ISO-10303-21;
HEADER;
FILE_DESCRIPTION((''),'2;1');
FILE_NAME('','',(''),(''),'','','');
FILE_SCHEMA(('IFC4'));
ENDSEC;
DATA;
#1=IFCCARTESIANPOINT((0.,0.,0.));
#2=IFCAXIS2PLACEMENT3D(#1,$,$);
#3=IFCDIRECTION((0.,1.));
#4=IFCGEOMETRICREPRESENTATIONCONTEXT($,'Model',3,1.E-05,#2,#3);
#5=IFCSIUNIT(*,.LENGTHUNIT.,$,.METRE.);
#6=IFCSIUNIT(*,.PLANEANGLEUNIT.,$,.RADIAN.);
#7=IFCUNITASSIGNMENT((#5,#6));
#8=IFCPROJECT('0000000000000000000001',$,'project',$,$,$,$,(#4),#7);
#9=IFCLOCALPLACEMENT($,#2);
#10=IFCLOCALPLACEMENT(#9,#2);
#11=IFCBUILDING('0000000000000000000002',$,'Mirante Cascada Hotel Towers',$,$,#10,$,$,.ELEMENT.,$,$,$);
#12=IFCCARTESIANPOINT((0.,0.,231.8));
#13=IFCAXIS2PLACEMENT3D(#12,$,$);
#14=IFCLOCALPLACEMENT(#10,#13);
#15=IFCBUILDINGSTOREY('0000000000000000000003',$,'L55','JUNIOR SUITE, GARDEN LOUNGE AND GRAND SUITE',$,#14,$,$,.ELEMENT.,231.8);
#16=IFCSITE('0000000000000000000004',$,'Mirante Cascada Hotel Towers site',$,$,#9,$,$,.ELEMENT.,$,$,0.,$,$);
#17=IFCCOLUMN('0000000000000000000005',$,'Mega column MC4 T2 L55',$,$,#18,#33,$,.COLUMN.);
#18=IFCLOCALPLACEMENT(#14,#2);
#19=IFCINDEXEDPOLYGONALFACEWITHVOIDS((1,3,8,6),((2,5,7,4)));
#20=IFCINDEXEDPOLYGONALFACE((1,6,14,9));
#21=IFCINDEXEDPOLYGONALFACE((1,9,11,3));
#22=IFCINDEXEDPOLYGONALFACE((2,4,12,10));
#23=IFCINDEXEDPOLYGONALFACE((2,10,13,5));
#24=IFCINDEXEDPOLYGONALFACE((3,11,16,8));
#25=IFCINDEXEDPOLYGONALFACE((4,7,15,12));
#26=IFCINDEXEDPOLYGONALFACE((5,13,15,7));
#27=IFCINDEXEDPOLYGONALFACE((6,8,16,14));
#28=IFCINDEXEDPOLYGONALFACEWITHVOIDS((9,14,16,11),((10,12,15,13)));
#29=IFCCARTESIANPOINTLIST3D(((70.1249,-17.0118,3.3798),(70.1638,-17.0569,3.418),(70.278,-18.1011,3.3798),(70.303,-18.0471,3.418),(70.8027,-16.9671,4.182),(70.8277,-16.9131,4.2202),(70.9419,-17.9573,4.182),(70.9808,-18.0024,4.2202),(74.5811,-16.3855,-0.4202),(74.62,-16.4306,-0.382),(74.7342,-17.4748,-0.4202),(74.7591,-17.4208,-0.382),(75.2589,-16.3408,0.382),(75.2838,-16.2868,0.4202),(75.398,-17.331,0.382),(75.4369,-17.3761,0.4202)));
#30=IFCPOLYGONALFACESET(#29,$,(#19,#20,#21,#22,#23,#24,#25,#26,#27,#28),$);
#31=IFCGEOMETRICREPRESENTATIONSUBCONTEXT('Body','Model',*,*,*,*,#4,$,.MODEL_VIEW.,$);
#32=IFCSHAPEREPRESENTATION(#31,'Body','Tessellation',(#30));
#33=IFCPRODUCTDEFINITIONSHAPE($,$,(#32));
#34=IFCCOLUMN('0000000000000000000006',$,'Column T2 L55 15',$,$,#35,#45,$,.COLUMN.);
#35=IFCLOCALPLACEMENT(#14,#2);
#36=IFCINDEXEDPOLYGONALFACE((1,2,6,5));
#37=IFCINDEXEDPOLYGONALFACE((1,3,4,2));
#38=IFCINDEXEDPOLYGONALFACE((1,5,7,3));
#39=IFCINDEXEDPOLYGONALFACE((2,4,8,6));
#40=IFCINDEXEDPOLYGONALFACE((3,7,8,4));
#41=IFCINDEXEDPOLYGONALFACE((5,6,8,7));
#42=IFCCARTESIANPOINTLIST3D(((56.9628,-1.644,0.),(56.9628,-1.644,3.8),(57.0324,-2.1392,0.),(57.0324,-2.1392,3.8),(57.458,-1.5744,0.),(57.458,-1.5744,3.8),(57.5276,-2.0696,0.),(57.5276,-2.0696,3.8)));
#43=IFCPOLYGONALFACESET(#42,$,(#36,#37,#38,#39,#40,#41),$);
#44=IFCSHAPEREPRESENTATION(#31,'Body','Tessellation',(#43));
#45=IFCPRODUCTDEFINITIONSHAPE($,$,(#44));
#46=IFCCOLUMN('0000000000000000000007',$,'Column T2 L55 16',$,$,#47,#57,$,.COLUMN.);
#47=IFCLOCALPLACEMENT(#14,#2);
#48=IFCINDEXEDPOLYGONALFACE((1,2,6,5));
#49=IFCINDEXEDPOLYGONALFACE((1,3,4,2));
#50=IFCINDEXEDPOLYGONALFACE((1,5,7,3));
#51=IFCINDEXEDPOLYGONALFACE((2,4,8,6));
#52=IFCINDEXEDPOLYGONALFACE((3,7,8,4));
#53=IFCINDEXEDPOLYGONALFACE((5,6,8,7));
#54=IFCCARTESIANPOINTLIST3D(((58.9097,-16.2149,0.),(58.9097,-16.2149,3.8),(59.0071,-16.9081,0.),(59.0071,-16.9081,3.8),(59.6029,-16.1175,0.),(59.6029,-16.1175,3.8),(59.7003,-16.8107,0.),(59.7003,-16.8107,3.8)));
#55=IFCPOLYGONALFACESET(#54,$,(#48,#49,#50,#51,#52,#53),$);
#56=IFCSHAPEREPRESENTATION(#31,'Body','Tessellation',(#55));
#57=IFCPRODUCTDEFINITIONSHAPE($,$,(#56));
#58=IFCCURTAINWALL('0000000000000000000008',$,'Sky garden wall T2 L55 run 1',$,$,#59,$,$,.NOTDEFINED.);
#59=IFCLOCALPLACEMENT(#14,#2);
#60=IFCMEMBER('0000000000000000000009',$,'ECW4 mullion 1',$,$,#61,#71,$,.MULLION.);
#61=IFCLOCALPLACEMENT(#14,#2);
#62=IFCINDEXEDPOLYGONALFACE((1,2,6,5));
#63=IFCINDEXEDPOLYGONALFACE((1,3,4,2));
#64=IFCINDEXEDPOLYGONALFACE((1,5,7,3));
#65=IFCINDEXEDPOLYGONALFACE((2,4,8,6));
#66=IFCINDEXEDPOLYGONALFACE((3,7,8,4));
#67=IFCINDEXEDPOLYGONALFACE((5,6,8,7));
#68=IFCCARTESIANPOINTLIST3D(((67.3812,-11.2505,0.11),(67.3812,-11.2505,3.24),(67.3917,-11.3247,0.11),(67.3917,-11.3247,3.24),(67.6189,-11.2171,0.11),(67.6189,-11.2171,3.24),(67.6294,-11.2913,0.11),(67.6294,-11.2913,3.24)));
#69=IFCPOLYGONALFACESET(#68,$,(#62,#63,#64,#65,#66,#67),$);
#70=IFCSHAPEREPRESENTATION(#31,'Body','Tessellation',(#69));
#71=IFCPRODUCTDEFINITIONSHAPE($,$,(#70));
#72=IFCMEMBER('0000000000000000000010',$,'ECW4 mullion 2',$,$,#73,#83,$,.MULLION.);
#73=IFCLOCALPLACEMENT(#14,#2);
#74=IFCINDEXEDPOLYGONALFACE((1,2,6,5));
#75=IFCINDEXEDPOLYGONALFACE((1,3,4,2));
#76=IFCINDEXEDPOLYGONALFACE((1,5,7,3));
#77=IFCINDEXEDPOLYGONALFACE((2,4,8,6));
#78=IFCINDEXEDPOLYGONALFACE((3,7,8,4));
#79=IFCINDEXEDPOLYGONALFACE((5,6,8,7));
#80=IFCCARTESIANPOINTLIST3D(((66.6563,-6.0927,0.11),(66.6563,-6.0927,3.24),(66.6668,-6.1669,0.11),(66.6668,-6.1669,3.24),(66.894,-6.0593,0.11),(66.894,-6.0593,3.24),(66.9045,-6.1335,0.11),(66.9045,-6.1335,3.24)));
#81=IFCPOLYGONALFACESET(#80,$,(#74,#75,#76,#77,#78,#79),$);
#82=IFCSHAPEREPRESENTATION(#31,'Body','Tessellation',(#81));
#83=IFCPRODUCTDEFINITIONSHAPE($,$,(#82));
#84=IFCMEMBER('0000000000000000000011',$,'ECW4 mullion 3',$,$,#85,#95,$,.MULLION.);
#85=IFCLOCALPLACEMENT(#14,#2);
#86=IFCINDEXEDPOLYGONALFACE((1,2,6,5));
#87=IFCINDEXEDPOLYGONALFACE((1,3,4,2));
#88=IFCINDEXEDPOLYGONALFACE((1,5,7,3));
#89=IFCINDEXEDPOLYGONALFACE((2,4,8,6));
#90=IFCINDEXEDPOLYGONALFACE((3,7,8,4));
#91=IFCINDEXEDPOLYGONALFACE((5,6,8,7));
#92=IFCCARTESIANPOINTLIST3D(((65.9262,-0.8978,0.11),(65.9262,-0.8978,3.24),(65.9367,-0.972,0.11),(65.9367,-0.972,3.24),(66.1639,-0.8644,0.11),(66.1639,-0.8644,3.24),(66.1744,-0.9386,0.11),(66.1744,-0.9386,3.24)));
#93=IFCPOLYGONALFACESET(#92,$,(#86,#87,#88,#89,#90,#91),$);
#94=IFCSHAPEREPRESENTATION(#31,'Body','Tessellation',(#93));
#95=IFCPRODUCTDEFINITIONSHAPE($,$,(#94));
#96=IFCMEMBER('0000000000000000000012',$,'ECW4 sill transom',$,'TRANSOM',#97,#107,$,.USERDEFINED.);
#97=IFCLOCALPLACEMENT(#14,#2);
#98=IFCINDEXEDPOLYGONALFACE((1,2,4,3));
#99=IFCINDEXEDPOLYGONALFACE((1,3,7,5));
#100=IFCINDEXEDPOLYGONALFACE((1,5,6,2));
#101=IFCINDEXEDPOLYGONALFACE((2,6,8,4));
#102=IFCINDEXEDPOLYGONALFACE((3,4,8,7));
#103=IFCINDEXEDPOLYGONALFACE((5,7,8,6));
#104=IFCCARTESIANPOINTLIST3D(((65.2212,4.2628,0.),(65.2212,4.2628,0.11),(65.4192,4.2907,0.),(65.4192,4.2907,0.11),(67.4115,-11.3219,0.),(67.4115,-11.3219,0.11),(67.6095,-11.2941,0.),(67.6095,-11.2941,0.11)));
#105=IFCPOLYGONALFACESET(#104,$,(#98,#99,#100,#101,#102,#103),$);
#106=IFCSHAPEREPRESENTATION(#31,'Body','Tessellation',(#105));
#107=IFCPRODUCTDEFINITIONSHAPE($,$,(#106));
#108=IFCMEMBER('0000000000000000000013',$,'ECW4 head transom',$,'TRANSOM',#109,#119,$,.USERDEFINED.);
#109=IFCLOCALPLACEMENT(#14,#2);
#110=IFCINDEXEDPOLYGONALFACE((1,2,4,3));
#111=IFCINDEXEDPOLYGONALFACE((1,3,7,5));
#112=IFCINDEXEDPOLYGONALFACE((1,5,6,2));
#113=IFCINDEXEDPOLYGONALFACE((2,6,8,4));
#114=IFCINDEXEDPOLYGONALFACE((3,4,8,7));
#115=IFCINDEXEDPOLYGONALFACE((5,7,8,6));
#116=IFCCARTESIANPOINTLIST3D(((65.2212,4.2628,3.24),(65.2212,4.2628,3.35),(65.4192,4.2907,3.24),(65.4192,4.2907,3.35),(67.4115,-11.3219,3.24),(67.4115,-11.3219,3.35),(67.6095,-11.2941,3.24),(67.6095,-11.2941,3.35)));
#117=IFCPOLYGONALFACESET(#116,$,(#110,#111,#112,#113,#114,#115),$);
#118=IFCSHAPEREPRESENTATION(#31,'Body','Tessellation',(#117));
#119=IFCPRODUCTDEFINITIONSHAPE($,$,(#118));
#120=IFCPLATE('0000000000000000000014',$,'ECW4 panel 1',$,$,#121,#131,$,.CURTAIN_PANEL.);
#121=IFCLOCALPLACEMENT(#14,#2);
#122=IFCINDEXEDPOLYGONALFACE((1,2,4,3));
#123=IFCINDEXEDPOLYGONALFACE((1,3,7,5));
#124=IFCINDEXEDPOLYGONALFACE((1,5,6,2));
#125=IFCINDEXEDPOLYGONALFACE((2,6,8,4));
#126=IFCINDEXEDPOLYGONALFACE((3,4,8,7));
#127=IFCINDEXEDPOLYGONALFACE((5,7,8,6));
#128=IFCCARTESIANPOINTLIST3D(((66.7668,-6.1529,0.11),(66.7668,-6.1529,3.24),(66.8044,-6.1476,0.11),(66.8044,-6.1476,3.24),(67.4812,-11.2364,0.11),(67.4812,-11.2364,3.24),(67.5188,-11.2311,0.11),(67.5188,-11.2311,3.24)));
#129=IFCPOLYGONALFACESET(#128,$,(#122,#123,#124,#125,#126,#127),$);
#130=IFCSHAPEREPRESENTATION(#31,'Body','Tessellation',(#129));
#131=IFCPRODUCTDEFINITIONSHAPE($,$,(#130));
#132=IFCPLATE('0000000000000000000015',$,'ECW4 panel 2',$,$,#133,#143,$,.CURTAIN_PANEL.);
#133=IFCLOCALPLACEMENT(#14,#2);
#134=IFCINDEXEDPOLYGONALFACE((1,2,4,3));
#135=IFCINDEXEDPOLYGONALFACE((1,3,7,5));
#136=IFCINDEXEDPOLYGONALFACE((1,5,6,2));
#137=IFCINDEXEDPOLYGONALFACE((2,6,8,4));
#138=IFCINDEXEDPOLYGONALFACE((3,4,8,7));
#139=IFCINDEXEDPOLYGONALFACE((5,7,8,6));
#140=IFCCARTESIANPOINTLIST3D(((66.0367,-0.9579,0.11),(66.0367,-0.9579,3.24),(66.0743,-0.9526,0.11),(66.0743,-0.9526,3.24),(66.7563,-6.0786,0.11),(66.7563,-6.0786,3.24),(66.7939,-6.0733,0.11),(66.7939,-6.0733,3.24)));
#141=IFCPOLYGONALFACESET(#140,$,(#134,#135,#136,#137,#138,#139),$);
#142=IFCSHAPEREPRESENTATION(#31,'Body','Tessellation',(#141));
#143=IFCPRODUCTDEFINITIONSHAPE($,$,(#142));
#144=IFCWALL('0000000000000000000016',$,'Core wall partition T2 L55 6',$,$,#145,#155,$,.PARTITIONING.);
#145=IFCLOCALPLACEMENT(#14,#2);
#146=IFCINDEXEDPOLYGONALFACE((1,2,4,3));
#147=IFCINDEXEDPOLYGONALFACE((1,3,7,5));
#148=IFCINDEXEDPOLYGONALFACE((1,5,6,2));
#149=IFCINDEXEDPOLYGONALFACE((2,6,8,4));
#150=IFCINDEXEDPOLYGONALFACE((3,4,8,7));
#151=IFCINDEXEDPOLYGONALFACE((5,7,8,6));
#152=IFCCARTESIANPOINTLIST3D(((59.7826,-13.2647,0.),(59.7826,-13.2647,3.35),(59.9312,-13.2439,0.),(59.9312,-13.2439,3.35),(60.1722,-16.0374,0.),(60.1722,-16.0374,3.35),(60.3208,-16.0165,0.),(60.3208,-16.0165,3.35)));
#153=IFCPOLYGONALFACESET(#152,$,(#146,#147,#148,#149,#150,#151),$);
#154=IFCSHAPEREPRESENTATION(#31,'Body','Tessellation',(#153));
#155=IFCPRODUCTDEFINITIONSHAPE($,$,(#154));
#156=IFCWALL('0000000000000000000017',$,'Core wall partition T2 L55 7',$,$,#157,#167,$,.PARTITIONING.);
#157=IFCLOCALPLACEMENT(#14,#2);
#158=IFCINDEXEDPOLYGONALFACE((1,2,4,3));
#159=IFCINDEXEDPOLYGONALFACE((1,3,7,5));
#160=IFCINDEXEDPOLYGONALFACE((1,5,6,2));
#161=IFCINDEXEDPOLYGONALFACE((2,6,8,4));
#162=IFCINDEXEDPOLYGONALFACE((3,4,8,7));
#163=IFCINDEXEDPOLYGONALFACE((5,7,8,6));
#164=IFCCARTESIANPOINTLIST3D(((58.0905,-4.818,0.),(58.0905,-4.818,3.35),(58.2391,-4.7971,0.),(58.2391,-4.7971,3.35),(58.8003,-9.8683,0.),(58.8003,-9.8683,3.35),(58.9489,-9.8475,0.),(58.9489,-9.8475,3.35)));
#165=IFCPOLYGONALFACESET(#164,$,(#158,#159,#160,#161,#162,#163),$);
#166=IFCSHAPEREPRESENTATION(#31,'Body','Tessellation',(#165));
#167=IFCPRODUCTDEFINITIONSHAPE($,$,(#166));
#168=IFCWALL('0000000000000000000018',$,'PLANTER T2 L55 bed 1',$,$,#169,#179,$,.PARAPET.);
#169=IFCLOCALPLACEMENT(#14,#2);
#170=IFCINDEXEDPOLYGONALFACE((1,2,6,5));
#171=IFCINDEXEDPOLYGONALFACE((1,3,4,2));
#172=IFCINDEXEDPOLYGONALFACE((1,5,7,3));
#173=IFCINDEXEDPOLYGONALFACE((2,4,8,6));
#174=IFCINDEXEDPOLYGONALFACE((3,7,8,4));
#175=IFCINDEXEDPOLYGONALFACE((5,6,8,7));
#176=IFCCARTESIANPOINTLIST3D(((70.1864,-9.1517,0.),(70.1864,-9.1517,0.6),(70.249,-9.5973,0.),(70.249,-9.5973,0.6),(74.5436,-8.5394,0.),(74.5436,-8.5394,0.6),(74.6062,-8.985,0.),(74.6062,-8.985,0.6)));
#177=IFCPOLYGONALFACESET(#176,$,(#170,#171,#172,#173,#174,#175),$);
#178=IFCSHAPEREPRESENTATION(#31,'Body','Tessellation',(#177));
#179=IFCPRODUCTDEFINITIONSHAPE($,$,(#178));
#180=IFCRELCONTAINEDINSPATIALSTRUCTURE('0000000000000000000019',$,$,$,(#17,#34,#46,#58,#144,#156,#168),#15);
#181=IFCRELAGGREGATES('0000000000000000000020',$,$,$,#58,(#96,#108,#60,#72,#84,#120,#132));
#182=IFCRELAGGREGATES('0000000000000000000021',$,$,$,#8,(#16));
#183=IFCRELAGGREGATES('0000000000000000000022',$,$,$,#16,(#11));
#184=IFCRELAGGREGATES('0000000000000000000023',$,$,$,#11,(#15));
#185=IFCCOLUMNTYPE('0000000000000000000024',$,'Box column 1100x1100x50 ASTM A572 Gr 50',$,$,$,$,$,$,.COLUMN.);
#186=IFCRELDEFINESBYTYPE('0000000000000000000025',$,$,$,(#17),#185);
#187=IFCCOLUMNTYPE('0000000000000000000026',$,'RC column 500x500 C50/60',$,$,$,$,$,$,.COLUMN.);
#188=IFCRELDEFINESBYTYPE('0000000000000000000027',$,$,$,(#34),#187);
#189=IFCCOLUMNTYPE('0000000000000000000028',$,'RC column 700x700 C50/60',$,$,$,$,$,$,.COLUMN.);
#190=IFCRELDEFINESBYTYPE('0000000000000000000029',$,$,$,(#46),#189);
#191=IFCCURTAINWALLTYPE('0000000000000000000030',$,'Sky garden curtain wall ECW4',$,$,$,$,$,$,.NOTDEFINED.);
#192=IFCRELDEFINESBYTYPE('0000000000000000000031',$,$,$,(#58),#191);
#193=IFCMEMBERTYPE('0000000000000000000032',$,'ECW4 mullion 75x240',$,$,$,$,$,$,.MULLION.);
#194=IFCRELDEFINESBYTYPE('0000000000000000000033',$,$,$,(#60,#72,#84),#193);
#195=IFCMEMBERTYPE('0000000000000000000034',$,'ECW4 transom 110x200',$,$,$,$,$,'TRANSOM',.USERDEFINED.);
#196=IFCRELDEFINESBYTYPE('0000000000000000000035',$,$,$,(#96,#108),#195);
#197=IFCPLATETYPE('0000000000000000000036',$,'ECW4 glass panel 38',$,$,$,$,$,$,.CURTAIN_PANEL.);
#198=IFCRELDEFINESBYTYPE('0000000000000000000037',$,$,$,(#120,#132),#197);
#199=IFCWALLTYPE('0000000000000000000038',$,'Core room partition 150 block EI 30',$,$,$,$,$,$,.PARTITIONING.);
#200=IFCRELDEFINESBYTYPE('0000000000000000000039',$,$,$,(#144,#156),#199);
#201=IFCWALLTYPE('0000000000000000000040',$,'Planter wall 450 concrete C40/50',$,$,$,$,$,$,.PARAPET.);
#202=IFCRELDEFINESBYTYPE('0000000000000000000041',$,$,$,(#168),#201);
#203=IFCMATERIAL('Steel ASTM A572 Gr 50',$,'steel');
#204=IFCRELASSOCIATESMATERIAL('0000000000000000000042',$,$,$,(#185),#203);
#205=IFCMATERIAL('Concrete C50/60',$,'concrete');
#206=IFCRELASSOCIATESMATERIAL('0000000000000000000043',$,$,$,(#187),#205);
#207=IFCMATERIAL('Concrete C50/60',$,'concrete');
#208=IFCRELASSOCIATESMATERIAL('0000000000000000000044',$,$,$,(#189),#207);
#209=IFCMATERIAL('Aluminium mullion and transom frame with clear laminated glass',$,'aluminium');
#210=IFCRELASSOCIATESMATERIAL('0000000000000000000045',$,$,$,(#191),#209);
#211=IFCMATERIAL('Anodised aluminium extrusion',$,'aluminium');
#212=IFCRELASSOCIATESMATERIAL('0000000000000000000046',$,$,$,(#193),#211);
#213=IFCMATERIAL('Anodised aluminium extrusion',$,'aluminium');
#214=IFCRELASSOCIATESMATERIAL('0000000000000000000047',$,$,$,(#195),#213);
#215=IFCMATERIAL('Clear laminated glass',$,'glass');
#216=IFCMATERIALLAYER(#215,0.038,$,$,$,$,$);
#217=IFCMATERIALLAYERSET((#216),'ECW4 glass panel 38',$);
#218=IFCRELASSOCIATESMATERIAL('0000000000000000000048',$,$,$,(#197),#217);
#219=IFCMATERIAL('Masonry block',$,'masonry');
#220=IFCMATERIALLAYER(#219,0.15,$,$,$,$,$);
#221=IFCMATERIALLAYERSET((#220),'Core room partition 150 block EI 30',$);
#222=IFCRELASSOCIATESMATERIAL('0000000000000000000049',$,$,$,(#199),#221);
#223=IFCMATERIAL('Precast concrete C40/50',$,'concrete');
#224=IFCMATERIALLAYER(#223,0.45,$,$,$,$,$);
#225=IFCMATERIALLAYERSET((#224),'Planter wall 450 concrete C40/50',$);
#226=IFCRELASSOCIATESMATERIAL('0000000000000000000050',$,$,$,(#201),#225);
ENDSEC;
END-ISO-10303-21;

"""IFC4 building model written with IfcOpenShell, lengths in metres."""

from ifc_helpers import new_model, si_unit, direction, frame, frame_2d, origin, origin_2d, place, context, subcontext, project, spatial, rectangle, hollow_rectangle, extrude, material, layer, layer_set, material_profile, profile_set, type_object, element, aggregate, save


model = new_model("IFC4")

# Units and contexts
model_context = context("Model", 3, precision=1e-05, world=origin(), true_north=direction((0.0, 1.0)))
body_context = subcontext(model_context, "Body", "Model", "MODEL_VIEW")
ifc_project = project(units=[si_unit("LENGTHUNIT", "METRE"), si_unit("PLANEANGLEUNIT", "RADIAN")], contexts=[model_context])

# Site, building, storey
site_placement = place(None, origin())
site = spatial("IfcSite", under=ifc_project, at=site_placement, Name="Mirante Cascada Hotel Towers site", CompositionType="ELEMENT", RefElevation=0.0)
building_placement = place(site_placement, origin())
building = spatial("IfcBuilding", under=site, at=building_placement, Name="Mirante Cascada Hotel Towers", CompositionType="ELEMENT")
storey_placement = place(building_placement, frame((0.0, 0.0, 231.8)))
storey = spatial("IfcBuildingStorey", under=building, at=storey_placement, Name="L55", Description="JUNIOR SUITE, GARDEN LOUNGE AND GRAND SUITE", CompositionType="ELEMENT", Elevation=231.8)

# Columns
ifc_material_1 = material(Name="Steel ASTM A572 Gr 50", Category="steel")
ifc_material_profile_1 = material_profile(ifc_material_1, hollow_rectangle(XDim=1.1, YDim=1.1, WallThickness=0.05, at=origin_2d()), Name="Box column 1100x1100x50 ASTM A572 Gr 50")
ifc_profile_set_1 = profile_set([ifc_material_profile_1], Name="Steel ASTM A572 Gr 50")
column_type_1 = type_object("IfcColumnType", Name="Box column 1100x1100x50 ASTM A572 Gr 50", PredefinedType="COLUMN", material=ifc_profile_set_1)
column_1_placement = place(storey_placement, frame((75.009, -16.8808, 0.0), z_axis=(-0.756594, -0.106336, 0.645181), x_axis=(0.139178, -0.990267, 0.0)))
element("IfcColumn", 1, at=column_1_placement, inside=storey, type_object=column_type_1, Name="Mega column MC4 T2 L55", PredefinedType="COLUMN", context=body_context, shape_type="SweptSolid", body=[
    extrude(hollow_rectangle(XDim=1.1, YDim=1.1, WallThickness=0.05, at=origin_2d()), origin(), (0.0, 0.0, 1.0), 5.8898),
])
ifc_material_2 = material(Name="Concrete C50/60", Category="concrete")
ifc_material_profile_2 = material_profile(ifc_material_2, rectangle(XDim=0.5, YDim=0.5, at=origin_2d()), Name="RC column 500x500 C50/60")
ifc_profile_set_2 = profile_set([ifc_material_profile_2], Name="Concrete C50/60")
column_type_2 = type_object("IfcColumnType", Name="RC column 500x500 C50/60", PredefinedType="COLUMN", material=ifc_profile_set_2)
column_2_placement = place(storey_placement, frame((57.2452, -1.8568, 0.0), z_axis=(0.0, 0.0, 1.0), x_axis=(0.990268, 0.139173, 0.0)))
element("IfcColumn", 2, at=column_2_placement, inside=storey, type_object=column_type_2, Name="Column T2 L55 15", PredefinedType="COLUMN", context=body_context, shape_type="SweptSolid", body=[
    extrude(rectangle(XDim=0.5, YDim=0.5, at=origin_2d()), origin(), (0.0, 0.0, 1.0), 3.8),
])
ifc_material_3 = material(Name="Concrete C50/60", Category="concrete")
ifc_material_profile_3 = material_profile(ifc_material_3, rectangle(XDim=0.7, YDim=0.7, at=origin_2d()), Name="RC column 700x700 C50/60")
ifc_profile_set_3 = profile_set([ifc_material_profile_3], Name="Concrete C50/60")
column_type_3 = type_object("IfcColumnType", Name="RC column 700x700 C50/60", PredefinedType="COLUMN", material=ifc_profile_set_3)
column_3_placement = place(storey_placement, frame((59.305, -16.5128, 0.0), z_axis=(0.0, 0.0, 1.0), x_axis=(0.990268, 0.139173, 0.0)))
element("IfcColumn", 3, at=column_3_placement, inside=storey, type_object=column_type_3, Name="Column T2 L55 16", PredefinedType="COLUMN", context=body_context, shape_type="SweptSolid", body=[
    extrude(rectangle(XDim=0.7, YDim=0.7, at=origin_2d()), origin(), (0.0, 0.0, 1.0), 3.8),
])

# Curtain wall, members, plates
ifc_material_4 = material(Name="Aluminium mullion and transom frame with clear laminated glass", Category="aluminium")
curtain_wall_type = type_object("IfcCurtainWallType", Name="Sky garden curtain wall ECW4", PredefinedType="NOTDEFINED", material=ifc_material_4)
curtain_wall_placement = place(storey_placement, origin())
curtain_wall = element("IfcCurtainWall", 4, at=curtain_wall_placement, inside=storey, type_object=curtain_wall_type, Name="Sky garden wall T2 L55 run 1", PredefinedType="NOTDEFINED")
ifc_material_5 = material(Name="Anodised aluminium extrusion", Category="aluminium")
ifc_material_profile_4 = material_profile(ifc_material_5, rectangle(XDim=0.24, YDim=0.075, at=origin_2d()), Name="ECW4 MULLION 75x240")
ifc_profile_set_4 = profile_set([ifc_material_profile_4], Name="Anodised aluminium extrusion")
member_type_1 = type_object("IfcMemberType", Name="ECW4 mullion 75x240", PredefinedType="MULLION", material=ifc_profile_set_4)
member_1_placement = place(storey_placement, frame((67.5053, -11.2709, 0.11), z_axis=(0.0, 0.0, 1.0), x_axis=(-0.990268, -0.139173, 0.0)))
member_1 = element("IfcMember", 5, at=member_1_placement, type_object=member_type_1, Name="ECW4 mullion 1", PredefinedType="MULLION", context=body_context, shape_type="SweptSolid", body=[
    extrude(rectangle(XDim=0.24, YDim=0.075, at=origin_2d()), origin(), (0.0, 0.0, 1.0), 3.13),
])
member_2_placement = place(storey_placement, frame((66.7804, -6.1131, 0.11), z_axis=(0.0, 0.0, 1.0), x_axis=(-0.990268, -0.139173, 0.0)))
member_2 = element("IfcMember", 6, at=member_2_placement, type_object=member_type_1, Name="ECW4 mullion 2", PredefinedType="MULLION", context=body_context, shape_type="SweptSolid", body=[
    extrude(rectangle(XDim=0.24, YDim=0.075, at=origin_2d()), origin(), (0.0, 0.0, 1.0), 3.13),
])
member_3_placement = place(storey_placement, frame((66.0503, -0.9182, 0.11), z_axis=(0.0, 0.0, 1.0), x_axis=(-0.990268, -0.139173, 0.0)))
member_3 = element("IfcMember", 7, at=member_3_placement, type_object=member_type_1, Name="ECW4 mullion 3", PredefinedType="MULLION", context=body_context, shape_type="SweptSolid", body=[
    extrude(rectangle(XDim=0.24, YDim=0.075, at=origin_2d()), origin(), (0.0, 0.0, 1.0), 3.13),
])
ifc_material_6 = material(Name="Anodised aluminium extrusion", Category="aluminium")
ifc_material_profile_5 = material_profile(ifc_material_6, rectangle(XDim=0.2, YDim=0.11, at=origin_2d()), Name="ECW4 TRANSOM 110x200")
ifc_profile_set_5 = profile_set([ifc_material_profile_5], Name="Anodised aluminium extrusion")
member_type_2 = type_object("IfcMemberType", Name="ECW4 transom 110x200", ElementType="TRANSOM", PredefinedType="USERDEFINED", material=ifc_profile_set_5)
member_4_placement = place(storey_placement, frame((67.5105, -11.308, 0.055), z_axis=(-0.139174, 0.990268, 0.0), x_axis=(-0.990268, -0.139174, 0.0)))
member_4 = element("IfcMember", 8, at=member_4_placement, type_object=member_type_2, Name="ECW4 sill transom", ObjectType="TRANSOM", PredefinedType="USERDEFINED", context=body_context, shape_type="SweptSolid", body=[
    extrude(rectangle(XDim=0.2, YDim=0.11, at=origin_2d()), origin(), (0.0, 0.0, 1.0), 15.7379),
])
member_5_placement = place(storey_placement, frame((67.5105, -11.308, 3.295), z_axis=(-0.139174, 0.990268, 0.0), x_axis=(-0.990268, -0.139174, 0.0)))
member_5 = element("IfcMember", 9, at=member_5_placement, type_object=member_type_2, Name="ECW4 head transom", ObjectType="TRANSOM", PredefinedType="USERDEFINED", context=body_context, shape_type="SweptSolid", body=[
    extrude(rectangle(XDim=0.2, YDim=0.11, at=origin_2d()), origin(), (0.0, 0.0, 1.0), 15.7379),
])
ifc_material_7 = material(Name="Clear laminated glass", Category="glass")
ifc_layer_1 = layer(ifc_material_7, 0.038)
ifc_layer_set_1 = layer_set([ifc_layer_1], Name="ECW4 glass panel 38")
plate_type = type_object("IfcPlateType", Name="ECW4 glass panel 38", PredefinedType="CURTAIN_PANEL", material=ifc_layer_set_1)
plate_1_placement = place(storey_placement, frame((67.1428, -8.692, 0.11), z_axis=(0.0, 0.0, 1.0), x_axis=(-0.139173, 0.990268, 0.0)))
plate_1 = element("IfcPlate", 10, at=plate_1_placement, type_object=plate_type, Name="ECW4 panel 1", PredefinedType="CURTAIN_PANEL", context=body_context, shape_type="SweptSolid", body=[
    extrude(rectangle(XDim=5.1335, YDim=0.038, at=origin_2d()), origin(), (0.0, 0.0, 1.0), 3.13),
])
plate_2_placement = place(storey_placement, frame((66.4153, -3.5156, 0.11), z_axis=(0.0, 0.0, 1.0), x_axis=(-0.139173, 0.990268, 0.0)))
plate_2 = element("IfcPlate", 11, at=plate_2_placement, type_object=plate_type, Name="ECW4 panel 2", PredefinedType="CURTAIN_PANEL", context=body_context, shape_type="SweptSolid", body=[
    extrude(rectangle(XDim=5.171, YDim=0.038, at=origin_2d()), origin(), (0.0, 0.0, 1.0), 3.13),
])
aggregate(curtain_wall, [member_4, member_5, member_1, member_2, member_3, plate_1, plate_2])

# Walls
ifc_material_8 = material(Name="Masonry block", Category="masonry")
ifc_layer_2 = layer(ifc_material_8, 0.15)
ifc_layer_set_2 = layer_set([ifc_layer_2], Name="Core room partition 150 block EI 30")
wall_type_1 = type_object("IfcWallType", Name="Core room partition 150 block EI 30", PredefinedType="PARTITIONING", material=ifc_layer_set_2)
wall_1_placement = place(storey_placement, frame((60.2465, -16.027, 0.0), z_axis=(0.0, 0.0, 1.0), x_axis=(-0.139146, 0.990272, 0.0)))
element("IfcWall", 12, at=wall_1_placement, inside=storey, type_object=wall_type_1, Name="Core wall partition T2 L55 6", PredefinedType="PARTITIONING", context=body_context, shape_type="SweptSolid", body=[
    extrude(rectangle(XDim=2.7999, YDim=0.15, at=frame_2d((1.4, 0.0))), origin(), (0.0, 0.0, 1.0), 3.35),
])
wall_2_placement = place(storey_placement, frame((58.8746, -9.8579, 0.0), z_axis=(0.0, 0.0, 1.0), x_axis=(-0.139176, 0.990268, 0.0)))
element("IfcWall", 13, at=wall_2_placement, inside=storey, type_object=wall_type_1, Name="Core wall partition T2 L55 7", PredefinedType="PARTITIONING", context=body_context, shape_type="SweptSolid", body=[
    extrude(rectangle(XDim=5.1, YDim=0.15, at=frame_2d((2.55, 0.0))), origin(), (0.0, 0.0, 1.0), 3.35),
])
ifc_material_9 = material(Name="Precast concrete C40/50", Category="concrete")
ifc_layer_3 = layer(ifc_material_9, 0.45)
ifc_layer_set_3 = layer_set([ifc_layer_3], Name="Planter wall 450 concrete C40/50")
wall_type_2 = type_object("IfcWallType", Name="Planter wall 450 concrete C40/50", PredefinedType="PARAPET", material=ifc_layer_set_3)
wall_3_placement = place(storey_placement, frame((70.2177, -9.3745, 0.0), z_axis=(0.0, 0.0, 1.0), x_axis=(0.99027, 0.139159, 0.0)))
element("IfcWall", 14, at=wall_3_placement, inside=storey, type_object=wall_type_2, Name="PLANTER T2 L55 bed 1", PredefinedType="PARAPET", context=body_context, shape_type="SweptSolid", body=[
    extrude(rectangle(XDim=4.4, YDim=0.45, at=frame_2d((2.2, 0.0))), origin(), (0.0, 0.0, 1.0), 0.6),
])

save(model, "model.ifc")
